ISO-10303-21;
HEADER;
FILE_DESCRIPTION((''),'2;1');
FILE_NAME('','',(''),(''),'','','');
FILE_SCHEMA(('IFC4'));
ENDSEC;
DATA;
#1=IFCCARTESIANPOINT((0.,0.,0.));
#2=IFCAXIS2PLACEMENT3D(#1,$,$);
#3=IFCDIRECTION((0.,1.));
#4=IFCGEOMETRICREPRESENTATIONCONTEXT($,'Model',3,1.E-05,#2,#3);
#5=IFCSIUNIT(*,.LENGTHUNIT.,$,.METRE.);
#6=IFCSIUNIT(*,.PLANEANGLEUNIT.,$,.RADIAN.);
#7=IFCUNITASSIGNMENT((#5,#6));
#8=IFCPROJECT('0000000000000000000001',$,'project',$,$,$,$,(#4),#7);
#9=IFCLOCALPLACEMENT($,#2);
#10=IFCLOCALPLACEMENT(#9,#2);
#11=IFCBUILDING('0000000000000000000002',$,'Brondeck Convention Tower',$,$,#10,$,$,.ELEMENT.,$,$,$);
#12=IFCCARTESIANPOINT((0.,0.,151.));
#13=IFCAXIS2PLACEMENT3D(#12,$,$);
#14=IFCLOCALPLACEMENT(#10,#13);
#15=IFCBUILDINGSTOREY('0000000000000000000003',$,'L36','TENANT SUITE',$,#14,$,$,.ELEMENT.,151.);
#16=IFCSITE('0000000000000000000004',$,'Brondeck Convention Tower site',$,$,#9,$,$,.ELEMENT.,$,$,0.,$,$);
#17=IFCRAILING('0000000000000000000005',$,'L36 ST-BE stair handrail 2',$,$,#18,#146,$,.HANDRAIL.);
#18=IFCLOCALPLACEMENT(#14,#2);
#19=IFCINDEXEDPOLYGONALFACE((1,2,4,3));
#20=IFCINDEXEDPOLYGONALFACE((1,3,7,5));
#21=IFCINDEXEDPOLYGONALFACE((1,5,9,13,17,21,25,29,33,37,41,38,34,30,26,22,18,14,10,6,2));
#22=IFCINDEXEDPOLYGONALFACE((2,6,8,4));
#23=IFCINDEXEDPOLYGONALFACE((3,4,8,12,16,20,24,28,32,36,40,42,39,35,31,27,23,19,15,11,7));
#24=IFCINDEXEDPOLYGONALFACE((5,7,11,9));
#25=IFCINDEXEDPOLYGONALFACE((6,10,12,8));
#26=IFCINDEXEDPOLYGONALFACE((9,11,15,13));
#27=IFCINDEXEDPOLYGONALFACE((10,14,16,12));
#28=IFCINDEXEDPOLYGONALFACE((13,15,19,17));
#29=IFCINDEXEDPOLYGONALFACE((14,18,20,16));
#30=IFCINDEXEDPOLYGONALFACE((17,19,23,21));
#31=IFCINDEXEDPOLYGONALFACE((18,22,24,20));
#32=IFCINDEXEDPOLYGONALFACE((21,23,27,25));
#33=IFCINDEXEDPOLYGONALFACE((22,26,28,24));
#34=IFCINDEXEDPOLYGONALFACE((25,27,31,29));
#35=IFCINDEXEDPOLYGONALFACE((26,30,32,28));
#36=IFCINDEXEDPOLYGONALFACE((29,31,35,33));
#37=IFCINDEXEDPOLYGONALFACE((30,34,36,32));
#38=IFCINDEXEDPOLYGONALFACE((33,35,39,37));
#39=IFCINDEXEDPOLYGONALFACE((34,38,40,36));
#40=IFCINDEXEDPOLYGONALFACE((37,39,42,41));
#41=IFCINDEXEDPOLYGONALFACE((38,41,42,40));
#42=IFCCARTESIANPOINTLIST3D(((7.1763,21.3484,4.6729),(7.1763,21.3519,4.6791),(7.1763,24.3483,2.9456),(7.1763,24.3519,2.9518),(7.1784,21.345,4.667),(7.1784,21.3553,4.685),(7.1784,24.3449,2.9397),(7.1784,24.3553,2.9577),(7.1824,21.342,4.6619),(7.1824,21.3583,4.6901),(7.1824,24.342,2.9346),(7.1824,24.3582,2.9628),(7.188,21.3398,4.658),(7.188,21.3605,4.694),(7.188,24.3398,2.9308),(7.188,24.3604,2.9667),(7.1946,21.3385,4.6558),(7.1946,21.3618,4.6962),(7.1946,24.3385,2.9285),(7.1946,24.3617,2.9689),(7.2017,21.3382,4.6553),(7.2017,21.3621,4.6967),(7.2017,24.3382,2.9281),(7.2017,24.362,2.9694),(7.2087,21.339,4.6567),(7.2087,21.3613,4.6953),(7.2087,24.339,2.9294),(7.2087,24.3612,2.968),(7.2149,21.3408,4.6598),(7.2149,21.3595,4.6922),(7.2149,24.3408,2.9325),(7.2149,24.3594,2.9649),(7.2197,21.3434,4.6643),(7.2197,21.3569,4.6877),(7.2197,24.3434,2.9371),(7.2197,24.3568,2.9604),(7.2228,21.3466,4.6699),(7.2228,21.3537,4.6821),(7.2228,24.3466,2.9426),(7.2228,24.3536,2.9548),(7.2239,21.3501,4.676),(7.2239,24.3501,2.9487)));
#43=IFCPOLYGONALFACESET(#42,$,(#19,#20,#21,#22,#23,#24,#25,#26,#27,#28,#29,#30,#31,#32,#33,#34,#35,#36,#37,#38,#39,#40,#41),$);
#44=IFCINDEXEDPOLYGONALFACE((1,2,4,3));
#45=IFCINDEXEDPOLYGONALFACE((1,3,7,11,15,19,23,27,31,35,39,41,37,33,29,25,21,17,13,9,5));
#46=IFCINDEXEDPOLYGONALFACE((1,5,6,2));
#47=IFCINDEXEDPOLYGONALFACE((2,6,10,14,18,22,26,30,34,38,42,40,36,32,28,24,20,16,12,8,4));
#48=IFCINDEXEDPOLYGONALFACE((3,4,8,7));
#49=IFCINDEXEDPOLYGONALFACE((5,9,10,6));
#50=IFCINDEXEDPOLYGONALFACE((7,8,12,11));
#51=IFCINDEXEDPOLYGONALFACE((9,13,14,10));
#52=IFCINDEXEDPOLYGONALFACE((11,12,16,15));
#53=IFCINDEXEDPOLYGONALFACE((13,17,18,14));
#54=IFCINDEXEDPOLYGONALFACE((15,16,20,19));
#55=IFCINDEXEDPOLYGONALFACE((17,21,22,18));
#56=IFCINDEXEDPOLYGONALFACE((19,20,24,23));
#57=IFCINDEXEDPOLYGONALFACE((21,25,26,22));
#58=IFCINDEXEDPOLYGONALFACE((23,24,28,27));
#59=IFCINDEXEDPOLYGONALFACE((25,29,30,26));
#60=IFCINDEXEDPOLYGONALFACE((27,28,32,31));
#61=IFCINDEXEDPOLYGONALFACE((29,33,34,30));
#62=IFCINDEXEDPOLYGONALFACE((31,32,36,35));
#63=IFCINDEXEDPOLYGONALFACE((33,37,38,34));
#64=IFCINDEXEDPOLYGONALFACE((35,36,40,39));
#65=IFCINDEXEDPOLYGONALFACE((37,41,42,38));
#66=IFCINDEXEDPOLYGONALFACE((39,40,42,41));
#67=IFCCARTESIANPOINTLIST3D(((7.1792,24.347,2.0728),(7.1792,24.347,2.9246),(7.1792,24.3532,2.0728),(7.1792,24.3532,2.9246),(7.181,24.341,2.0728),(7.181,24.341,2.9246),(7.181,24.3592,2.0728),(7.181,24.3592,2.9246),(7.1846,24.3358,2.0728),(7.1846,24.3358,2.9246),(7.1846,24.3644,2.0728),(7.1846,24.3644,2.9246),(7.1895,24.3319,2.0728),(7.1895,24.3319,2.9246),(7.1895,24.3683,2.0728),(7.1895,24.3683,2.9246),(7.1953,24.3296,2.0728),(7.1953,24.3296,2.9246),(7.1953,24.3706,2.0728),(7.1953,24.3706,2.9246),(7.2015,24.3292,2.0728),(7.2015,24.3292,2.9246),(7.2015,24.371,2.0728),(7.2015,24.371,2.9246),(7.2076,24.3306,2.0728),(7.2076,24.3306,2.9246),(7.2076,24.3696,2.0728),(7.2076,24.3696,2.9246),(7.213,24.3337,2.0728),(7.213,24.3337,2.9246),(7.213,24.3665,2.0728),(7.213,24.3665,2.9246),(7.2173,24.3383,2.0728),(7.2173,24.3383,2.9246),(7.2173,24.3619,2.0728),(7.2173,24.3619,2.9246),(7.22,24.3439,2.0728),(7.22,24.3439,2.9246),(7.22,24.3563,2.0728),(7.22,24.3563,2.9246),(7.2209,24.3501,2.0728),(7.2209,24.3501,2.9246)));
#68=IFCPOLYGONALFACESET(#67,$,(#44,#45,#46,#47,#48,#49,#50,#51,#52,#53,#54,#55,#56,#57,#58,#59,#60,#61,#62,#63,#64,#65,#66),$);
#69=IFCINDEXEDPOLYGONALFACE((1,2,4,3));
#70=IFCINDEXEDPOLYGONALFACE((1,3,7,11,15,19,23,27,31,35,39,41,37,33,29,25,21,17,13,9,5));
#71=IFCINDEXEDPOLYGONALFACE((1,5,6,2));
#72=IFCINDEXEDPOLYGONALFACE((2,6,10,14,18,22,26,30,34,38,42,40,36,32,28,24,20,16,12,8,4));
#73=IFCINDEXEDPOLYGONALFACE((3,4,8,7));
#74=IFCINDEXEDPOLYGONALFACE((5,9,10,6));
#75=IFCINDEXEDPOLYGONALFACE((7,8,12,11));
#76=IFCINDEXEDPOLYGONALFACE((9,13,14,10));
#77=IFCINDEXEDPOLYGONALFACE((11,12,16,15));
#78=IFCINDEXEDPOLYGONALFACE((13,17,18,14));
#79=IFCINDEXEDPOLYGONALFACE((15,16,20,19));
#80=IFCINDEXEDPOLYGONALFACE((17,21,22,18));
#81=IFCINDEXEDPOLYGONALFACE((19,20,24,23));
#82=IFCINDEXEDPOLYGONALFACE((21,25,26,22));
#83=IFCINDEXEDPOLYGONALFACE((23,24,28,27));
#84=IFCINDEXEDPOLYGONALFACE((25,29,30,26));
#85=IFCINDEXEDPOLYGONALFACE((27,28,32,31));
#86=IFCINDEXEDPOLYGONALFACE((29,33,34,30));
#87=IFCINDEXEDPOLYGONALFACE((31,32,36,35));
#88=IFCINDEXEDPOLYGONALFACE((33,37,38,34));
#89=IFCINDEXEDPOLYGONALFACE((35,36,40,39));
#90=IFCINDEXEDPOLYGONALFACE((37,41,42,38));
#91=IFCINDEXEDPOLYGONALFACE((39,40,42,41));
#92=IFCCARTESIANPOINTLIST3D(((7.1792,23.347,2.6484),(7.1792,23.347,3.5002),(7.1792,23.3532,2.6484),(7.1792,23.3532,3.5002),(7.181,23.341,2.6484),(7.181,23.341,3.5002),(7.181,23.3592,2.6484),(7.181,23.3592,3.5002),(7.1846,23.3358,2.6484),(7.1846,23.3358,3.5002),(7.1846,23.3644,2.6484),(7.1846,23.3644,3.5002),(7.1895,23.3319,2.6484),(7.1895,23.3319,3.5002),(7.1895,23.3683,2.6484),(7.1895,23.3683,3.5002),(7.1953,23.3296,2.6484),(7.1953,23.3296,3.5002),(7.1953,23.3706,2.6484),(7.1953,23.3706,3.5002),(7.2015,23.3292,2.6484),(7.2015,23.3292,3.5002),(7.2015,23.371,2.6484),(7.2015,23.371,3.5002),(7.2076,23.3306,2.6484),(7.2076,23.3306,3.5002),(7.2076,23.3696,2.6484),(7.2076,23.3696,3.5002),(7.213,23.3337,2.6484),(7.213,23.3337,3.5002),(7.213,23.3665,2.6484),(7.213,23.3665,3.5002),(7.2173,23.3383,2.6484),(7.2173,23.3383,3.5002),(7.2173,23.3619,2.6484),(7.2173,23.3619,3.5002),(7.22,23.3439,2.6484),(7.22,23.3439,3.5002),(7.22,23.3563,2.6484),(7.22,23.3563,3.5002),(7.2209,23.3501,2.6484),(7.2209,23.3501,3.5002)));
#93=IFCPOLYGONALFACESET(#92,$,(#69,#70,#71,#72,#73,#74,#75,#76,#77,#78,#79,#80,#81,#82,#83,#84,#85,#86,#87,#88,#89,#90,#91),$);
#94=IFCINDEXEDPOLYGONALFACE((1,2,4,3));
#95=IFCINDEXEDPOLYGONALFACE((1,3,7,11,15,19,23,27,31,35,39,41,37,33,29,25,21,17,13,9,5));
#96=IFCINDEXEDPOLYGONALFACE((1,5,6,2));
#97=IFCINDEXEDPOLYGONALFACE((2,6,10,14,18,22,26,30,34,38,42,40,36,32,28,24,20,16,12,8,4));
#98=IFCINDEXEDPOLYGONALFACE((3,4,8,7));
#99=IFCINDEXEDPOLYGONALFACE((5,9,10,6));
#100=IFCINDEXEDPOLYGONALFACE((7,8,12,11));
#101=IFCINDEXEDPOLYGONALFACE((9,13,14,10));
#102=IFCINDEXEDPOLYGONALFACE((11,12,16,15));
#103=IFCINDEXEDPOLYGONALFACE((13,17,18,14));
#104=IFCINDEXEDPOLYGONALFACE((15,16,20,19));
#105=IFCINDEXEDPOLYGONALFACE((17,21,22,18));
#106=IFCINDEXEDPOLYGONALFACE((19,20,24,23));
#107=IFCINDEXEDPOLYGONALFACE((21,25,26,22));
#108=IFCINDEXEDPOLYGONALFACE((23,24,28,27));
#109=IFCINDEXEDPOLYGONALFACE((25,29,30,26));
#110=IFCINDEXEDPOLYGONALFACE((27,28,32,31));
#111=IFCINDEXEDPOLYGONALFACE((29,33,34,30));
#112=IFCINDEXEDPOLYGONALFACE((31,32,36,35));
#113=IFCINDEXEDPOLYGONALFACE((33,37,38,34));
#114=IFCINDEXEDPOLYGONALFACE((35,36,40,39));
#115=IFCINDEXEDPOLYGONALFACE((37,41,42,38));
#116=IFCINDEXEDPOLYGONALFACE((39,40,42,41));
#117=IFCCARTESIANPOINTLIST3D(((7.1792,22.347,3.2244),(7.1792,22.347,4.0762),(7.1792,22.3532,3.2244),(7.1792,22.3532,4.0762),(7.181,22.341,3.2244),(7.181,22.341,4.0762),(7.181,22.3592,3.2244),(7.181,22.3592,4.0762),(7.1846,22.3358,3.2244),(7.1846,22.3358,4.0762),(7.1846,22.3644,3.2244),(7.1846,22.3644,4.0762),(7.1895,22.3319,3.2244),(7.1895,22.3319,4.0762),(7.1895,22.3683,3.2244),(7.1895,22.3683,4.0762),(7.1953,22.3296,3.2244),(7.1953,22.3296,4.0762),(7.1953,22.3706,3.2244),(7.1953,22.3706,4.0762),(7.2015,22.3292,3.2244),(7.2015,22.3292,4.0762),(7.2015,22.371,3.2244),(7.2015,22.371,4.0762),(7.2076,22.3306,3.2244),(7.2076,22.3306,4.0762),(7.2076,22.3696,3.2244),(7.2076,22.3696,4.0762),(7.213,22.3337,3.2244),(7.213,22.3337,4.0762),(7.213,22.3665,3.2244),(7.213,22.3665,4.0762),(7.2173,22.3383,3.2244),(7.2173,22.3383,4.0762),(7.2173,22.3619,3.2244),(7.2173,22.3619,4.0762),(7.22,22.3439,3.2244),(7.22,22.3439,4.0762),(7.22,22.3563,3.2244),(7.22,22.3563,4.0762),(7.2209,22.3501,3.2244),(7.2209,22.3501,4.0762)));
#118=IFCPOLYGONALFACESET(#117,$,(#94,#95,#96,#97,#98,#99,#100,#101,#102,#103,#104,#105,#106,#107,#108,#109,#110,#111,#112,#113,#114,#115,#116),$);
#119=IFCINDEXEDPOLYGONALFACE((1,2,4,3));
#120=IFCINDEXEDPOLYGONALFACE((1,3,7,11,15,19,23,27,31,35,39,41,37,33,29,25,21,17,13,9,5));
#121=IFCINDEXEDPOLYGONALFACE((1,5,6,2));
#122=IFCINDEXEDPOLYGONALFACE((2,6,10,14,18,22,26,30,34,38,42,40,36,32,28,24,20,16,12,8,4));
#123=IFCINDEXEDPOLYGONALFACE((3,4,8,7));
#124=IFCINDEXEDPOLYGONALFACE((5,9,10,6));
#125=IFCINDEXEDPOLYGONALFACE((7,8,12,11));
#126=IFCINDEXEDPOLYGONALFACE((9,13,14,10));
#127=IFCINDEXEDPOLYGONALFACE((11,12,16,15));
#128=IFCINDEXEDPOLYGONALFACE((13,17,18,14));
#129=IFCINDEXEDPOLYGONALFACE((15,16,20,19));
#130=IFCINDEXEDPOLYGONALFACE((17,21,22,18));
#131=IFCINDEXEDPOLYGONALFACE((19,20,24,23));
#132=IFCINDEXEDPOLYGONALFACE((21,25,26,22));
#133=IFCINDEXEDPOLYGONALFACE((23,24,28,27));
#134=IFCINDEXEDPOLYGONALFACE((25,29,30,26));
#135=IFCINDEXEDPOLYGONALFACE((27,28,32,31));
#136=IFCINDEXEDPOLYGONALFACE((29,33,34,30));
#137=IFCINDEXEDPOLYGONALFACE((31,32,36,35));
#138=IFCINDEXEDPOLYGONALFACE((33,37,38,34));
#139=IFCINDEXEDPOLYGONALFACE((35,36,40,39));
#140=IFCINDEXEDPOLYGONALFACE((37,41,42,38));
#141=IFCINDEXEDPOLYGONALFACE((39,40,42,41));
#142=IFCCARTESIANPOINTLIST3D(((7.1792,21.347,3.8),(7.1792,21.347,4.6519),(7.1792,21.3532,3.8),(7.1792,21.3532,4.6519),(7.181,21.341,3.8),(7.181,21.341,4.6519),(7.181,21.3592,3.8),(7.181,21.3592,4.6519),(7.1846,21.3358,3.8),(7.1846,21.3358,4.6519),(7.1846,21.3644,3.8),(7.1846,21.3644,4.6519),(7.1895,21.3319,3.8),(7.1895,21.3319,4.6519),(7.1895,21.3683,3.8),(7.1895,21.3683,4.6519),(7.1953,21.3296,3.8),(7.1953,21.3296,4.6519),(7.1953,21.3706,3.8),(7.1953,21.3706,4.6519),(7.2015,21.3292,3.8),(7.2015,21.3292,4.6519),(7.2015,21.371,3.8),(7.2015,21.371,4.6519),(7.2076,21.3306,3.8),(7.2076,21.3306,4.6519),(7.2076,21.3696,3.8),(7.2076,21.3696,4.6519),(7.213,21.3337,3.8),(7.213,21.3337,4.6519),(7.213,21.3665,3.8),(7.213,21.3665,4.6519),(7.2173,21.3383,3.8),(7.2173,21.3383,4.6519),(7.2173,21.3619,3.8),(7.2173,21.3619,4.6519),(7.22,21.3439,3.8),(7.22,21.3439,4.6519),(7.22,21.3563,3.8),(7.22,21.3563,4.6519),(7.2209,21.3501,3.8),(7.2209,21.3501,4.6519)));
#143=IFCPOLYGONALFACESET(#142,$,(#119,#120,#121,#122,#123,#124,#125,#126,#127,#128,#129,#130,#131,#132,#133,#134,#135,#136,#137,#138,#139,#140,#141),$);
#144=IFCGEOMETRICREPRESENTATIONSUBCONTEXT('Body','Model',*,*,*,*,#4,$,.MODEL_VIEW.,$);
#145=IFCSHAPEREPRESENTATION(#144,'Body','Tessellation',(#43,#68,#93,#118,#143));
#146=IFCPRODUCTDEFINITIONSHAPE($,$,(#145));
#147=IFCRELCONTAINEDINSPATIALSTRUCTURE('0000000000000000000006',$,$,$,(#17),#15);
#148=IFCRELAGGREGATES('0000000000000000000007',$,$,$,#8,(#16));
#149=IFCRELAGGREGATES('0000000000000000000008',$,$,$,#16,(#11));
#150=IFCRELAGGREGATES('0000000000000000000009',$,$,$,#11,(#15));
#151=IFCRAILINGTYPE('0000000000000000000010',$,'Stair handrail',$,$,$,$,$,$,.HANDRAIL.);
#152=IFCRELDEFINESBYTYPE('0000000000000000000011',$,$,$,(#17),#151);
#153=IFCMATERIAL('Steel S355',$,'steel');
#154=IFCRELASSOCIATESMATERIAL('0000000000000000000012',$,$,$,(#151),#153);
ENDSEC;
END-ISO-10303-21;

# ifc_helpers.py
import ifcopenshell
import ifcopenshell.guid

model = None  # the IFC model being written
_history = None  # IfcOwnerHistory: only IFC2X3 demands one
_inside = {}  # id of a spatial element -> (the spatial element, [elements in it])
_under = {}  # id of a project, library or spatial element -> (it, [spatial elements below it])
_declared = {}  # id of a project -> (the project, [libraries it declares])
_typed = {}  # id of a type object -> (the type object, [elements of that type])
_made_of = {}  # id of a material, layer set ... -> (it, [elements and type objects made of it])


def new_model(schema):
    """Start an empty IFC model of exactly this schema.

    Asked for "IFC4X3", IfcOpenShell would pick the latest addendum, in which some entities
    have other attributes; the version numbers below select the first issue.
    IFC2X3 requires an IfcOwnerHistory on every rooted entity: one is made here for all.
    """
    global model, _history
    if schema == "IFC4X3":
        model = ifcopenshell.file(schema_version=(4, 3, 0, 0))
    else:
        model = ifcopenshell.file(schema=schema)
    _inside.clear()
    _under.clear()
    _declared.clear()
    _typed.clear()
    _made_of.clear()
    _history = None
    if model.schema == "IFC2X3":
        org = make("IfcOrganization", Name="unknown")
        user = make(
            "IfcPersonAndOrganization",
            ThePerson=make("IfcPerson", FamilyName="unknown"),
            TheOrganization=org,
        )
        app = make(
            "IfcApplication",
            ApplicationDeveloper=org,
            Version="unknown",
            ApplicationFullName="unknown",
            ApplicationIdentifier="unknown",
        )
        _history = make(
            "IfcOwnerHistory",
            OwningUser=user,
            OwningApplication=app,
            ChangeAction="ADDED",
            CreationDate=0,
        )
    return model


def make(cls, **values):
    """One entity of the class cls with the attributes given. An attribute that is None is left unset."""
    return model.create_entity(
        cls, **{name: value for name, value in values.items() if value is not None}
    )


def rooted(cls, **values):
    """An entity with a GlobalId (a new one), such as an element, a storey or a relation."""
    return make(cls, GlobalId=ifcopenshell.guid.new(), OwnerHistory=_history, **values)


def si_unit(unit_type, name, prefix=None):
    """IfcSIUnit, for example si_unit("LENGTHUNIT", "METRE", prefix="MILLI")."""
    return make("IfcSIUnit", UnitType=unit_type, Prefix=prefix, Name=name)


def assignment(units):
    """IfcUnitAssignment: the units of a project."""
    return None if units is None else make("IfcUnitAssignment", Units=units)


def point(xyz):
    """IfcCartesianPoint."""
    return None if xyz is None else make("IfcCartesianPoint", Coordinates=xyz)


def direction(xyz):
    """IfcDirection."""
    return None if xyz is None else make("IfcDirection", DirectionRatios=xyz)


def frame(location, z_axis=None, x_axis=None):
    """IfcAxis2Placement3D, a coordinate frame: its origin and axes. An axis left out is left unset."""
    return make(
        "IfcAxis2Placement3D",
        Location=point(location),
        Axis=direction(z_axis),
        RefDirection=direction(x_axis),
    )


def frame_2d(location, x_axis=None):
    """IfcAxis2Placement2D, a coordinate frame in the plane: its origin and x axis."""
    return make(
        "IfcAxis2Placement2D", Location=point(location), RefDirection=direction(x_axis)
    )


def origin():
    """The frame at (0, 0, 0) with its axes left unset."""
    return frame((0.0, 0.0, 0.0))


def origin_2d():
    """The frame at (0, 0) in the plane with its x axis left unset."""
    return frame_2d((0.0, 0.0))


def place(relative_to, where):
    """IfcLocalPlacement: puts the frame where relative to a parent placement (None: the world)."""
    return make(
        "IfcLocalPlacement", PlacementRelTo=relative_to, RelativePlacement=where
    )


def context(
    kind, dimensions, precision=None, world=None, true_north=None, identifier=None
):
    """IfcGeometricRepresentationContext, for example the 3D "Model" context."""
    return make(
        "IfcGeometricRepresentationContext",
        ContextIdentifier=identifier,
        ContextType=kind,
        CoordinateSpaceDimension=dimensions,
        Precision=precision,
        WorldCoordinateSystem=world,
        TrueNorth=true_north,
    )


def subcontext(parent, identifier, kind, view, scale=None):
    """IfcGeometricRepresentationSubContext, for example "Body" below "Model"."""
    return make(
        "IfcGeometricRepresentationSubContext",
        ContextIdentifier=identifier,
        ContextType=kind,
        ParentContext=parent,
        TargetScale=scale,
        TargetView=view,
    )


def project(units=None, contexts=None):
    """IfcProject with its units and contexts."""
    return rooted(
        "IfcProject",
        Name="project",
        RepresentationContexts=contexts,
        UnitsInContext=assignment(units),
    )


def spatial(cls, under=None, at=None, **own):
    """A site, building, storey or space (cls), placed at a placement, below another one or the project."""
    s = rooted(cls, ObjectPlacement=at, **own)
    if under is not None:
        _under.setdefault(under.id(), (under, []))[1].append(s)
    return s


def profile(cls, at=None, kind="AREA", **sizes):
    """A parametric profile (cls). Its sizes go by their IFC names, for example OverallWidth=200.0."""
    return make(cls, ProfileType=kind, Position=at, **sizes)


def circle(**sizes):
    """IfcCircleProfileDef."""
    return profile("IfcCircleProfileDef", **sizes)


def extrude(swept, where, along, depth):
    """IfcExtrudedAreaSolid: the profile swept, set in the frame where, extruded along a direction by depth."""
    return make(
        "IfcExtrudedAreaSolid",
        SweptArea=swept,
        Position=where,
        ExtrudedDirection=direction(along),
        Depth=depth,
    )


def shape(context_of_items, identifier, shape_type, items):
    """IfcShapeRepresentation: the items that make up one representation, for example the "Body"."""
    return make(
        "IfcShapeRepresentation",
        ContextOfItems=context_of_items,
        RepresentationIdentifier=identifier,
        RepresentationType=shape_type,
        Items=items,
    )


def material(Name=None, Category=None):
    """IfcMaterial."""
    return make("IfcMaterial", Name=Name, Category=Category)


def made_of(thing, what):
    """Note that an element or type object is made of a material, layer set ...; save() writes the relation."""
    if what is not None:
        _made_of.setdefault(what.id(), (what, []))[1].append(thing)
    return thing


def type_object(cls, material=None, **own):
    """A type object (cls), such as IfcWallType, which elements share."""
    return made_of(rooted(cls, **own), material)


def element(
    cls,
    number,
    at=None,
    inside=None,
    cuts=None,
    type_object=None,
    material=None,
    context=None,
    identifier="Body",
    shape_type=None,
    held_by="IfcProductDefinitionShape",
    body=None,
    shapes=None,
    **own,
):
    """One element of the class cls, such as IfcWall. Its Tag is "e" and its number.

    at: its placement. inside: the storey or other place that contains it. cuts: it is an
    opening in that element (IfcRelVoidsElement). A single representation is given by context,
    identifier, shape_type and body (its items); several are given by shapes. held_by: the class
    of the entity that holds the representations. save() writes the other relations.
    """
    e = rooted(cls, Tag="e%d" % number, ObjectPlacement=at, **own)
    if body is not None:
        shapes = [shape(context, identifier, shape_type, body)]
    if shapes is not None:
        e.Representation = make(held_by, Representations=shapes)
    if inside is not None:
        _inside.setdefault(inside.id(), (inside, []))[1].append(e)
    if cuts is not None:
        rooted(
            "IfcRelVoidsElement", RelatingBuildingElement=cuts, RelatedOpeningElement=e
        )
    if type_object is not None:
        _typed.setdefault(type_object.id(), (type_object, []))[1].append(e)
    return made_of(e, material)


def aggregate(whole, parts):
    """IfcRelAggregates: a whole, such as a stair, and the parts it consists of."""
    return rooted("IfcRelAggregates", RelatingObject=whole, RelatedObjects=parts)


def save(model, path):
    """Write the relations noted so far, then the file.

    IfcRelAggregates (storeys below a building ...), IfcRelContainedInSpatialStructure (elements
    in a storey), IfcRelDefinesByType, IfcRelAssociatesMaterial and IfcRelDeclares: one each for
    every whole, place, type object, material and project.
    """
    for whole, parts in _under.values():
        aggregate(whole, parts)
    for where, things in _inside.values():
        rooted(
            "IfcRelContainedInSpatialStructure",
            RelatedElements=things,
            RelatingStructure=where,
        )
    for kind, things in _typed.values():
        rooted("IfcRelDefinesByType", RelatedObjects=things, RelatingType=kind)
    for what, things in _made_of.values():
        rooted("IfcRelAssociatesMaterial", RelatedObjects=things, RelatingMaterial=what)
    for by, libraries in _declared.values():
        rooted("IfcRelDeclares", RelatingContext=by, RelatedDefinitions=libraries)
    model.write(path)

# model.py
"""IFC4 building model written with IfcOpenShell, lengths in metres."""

from ifc_helpers import new_model, si_unit, direction, frame, origin, origin_2d, place, context, subcontext, project, spatial, circle, extrude, material, type_object, element, save


model = new_model("IFC4")

# Units and contexts
model_context = context("Model", 3, precision=1e-05, world=origin(), true_north=direction((0.0, 1.0)))
body_context = subcontext(model_context, "Body", "Model", "MODEL_VIEW")
ifc_project = project(units=[si_unit("LENGTHUNIT", "METRE"), si_unit("PLANEANGLEUNIT", "RADIAN")], contexts=[model_context])

# Site, building, storey
site_placement = place(None, origin())
site = spatial("IfcSite", under=ifc_project, at=site_placement, Name="Brondeck Convention Tower site", CompositionType="ELEMENT", RefElevation=0.0)
building_placement = place(site_placement, origin())
building = spatial("IfcBuilding", under=site, at=building_placement, Name="Brondeck Convention Tower", CompositionType="ELEMENT")
storey_placement = place(building_placement, frame((0.0, 0.0, 151.0)))
storey = spatial("IfcBuildingStorey", under=building, at=storey_placement, Name="L36", Description="TENANT SUITE", CompositionType="ELEMENT", Elevation=151.0)

# Shared definitions
ifc_material_1 = material(Name="Steel S355", Category="steel")

# Railing
railing_type_1 = type_object("IfcRailingType", Name="Stair handrail", PredefinedType="HANDRAIL", material=ifc_material_1)
railing_1_placement = place(storey_placement, frame((7.2, 24.3501, 2.0728)))
element("IfcRailing", 1, at=railing_1_placement, inside=storey, type_object=railing_type_1, Name="L36 ST-BE stair handrail 2", PredefinedType="HANDRAIL", context=body_context, shape_type="SweptSolid", body=[
    extrude(circle(Radius=0.0239, at=origin_2d()), frame((0.0, 0.0, 0.876), z_axis=(0.0, -0.86662, 0.498969), x_axis=(1.0, 0.0, 0.0)), (0.0, 0.0, 1.0), 3.4617),
    extrude(circle(Radius=0.021, at=origin_2d()), origin(), (0.0, 0.0, 1.0), 0.8518),
    extrude(circle(Radius=0.021, at=origin_2d()), frame((0.0, -1.0, 0.5757)), (0.0, 0.0, 1.0), 0.8518),
    extrude(circle(Radius=0.021, at=origin_2d()), frame((0.0, -2.0, 1.1516)), (0.0, 0.0, 1.0), 0.8518),
    extrude(circle(Radius=0.021, at=origin_2d()), frame((0.0, -3.0, 1.7273)), (0.0, 0.0, 1.0), 0.8518),
])

save(model, "model.ifc")
